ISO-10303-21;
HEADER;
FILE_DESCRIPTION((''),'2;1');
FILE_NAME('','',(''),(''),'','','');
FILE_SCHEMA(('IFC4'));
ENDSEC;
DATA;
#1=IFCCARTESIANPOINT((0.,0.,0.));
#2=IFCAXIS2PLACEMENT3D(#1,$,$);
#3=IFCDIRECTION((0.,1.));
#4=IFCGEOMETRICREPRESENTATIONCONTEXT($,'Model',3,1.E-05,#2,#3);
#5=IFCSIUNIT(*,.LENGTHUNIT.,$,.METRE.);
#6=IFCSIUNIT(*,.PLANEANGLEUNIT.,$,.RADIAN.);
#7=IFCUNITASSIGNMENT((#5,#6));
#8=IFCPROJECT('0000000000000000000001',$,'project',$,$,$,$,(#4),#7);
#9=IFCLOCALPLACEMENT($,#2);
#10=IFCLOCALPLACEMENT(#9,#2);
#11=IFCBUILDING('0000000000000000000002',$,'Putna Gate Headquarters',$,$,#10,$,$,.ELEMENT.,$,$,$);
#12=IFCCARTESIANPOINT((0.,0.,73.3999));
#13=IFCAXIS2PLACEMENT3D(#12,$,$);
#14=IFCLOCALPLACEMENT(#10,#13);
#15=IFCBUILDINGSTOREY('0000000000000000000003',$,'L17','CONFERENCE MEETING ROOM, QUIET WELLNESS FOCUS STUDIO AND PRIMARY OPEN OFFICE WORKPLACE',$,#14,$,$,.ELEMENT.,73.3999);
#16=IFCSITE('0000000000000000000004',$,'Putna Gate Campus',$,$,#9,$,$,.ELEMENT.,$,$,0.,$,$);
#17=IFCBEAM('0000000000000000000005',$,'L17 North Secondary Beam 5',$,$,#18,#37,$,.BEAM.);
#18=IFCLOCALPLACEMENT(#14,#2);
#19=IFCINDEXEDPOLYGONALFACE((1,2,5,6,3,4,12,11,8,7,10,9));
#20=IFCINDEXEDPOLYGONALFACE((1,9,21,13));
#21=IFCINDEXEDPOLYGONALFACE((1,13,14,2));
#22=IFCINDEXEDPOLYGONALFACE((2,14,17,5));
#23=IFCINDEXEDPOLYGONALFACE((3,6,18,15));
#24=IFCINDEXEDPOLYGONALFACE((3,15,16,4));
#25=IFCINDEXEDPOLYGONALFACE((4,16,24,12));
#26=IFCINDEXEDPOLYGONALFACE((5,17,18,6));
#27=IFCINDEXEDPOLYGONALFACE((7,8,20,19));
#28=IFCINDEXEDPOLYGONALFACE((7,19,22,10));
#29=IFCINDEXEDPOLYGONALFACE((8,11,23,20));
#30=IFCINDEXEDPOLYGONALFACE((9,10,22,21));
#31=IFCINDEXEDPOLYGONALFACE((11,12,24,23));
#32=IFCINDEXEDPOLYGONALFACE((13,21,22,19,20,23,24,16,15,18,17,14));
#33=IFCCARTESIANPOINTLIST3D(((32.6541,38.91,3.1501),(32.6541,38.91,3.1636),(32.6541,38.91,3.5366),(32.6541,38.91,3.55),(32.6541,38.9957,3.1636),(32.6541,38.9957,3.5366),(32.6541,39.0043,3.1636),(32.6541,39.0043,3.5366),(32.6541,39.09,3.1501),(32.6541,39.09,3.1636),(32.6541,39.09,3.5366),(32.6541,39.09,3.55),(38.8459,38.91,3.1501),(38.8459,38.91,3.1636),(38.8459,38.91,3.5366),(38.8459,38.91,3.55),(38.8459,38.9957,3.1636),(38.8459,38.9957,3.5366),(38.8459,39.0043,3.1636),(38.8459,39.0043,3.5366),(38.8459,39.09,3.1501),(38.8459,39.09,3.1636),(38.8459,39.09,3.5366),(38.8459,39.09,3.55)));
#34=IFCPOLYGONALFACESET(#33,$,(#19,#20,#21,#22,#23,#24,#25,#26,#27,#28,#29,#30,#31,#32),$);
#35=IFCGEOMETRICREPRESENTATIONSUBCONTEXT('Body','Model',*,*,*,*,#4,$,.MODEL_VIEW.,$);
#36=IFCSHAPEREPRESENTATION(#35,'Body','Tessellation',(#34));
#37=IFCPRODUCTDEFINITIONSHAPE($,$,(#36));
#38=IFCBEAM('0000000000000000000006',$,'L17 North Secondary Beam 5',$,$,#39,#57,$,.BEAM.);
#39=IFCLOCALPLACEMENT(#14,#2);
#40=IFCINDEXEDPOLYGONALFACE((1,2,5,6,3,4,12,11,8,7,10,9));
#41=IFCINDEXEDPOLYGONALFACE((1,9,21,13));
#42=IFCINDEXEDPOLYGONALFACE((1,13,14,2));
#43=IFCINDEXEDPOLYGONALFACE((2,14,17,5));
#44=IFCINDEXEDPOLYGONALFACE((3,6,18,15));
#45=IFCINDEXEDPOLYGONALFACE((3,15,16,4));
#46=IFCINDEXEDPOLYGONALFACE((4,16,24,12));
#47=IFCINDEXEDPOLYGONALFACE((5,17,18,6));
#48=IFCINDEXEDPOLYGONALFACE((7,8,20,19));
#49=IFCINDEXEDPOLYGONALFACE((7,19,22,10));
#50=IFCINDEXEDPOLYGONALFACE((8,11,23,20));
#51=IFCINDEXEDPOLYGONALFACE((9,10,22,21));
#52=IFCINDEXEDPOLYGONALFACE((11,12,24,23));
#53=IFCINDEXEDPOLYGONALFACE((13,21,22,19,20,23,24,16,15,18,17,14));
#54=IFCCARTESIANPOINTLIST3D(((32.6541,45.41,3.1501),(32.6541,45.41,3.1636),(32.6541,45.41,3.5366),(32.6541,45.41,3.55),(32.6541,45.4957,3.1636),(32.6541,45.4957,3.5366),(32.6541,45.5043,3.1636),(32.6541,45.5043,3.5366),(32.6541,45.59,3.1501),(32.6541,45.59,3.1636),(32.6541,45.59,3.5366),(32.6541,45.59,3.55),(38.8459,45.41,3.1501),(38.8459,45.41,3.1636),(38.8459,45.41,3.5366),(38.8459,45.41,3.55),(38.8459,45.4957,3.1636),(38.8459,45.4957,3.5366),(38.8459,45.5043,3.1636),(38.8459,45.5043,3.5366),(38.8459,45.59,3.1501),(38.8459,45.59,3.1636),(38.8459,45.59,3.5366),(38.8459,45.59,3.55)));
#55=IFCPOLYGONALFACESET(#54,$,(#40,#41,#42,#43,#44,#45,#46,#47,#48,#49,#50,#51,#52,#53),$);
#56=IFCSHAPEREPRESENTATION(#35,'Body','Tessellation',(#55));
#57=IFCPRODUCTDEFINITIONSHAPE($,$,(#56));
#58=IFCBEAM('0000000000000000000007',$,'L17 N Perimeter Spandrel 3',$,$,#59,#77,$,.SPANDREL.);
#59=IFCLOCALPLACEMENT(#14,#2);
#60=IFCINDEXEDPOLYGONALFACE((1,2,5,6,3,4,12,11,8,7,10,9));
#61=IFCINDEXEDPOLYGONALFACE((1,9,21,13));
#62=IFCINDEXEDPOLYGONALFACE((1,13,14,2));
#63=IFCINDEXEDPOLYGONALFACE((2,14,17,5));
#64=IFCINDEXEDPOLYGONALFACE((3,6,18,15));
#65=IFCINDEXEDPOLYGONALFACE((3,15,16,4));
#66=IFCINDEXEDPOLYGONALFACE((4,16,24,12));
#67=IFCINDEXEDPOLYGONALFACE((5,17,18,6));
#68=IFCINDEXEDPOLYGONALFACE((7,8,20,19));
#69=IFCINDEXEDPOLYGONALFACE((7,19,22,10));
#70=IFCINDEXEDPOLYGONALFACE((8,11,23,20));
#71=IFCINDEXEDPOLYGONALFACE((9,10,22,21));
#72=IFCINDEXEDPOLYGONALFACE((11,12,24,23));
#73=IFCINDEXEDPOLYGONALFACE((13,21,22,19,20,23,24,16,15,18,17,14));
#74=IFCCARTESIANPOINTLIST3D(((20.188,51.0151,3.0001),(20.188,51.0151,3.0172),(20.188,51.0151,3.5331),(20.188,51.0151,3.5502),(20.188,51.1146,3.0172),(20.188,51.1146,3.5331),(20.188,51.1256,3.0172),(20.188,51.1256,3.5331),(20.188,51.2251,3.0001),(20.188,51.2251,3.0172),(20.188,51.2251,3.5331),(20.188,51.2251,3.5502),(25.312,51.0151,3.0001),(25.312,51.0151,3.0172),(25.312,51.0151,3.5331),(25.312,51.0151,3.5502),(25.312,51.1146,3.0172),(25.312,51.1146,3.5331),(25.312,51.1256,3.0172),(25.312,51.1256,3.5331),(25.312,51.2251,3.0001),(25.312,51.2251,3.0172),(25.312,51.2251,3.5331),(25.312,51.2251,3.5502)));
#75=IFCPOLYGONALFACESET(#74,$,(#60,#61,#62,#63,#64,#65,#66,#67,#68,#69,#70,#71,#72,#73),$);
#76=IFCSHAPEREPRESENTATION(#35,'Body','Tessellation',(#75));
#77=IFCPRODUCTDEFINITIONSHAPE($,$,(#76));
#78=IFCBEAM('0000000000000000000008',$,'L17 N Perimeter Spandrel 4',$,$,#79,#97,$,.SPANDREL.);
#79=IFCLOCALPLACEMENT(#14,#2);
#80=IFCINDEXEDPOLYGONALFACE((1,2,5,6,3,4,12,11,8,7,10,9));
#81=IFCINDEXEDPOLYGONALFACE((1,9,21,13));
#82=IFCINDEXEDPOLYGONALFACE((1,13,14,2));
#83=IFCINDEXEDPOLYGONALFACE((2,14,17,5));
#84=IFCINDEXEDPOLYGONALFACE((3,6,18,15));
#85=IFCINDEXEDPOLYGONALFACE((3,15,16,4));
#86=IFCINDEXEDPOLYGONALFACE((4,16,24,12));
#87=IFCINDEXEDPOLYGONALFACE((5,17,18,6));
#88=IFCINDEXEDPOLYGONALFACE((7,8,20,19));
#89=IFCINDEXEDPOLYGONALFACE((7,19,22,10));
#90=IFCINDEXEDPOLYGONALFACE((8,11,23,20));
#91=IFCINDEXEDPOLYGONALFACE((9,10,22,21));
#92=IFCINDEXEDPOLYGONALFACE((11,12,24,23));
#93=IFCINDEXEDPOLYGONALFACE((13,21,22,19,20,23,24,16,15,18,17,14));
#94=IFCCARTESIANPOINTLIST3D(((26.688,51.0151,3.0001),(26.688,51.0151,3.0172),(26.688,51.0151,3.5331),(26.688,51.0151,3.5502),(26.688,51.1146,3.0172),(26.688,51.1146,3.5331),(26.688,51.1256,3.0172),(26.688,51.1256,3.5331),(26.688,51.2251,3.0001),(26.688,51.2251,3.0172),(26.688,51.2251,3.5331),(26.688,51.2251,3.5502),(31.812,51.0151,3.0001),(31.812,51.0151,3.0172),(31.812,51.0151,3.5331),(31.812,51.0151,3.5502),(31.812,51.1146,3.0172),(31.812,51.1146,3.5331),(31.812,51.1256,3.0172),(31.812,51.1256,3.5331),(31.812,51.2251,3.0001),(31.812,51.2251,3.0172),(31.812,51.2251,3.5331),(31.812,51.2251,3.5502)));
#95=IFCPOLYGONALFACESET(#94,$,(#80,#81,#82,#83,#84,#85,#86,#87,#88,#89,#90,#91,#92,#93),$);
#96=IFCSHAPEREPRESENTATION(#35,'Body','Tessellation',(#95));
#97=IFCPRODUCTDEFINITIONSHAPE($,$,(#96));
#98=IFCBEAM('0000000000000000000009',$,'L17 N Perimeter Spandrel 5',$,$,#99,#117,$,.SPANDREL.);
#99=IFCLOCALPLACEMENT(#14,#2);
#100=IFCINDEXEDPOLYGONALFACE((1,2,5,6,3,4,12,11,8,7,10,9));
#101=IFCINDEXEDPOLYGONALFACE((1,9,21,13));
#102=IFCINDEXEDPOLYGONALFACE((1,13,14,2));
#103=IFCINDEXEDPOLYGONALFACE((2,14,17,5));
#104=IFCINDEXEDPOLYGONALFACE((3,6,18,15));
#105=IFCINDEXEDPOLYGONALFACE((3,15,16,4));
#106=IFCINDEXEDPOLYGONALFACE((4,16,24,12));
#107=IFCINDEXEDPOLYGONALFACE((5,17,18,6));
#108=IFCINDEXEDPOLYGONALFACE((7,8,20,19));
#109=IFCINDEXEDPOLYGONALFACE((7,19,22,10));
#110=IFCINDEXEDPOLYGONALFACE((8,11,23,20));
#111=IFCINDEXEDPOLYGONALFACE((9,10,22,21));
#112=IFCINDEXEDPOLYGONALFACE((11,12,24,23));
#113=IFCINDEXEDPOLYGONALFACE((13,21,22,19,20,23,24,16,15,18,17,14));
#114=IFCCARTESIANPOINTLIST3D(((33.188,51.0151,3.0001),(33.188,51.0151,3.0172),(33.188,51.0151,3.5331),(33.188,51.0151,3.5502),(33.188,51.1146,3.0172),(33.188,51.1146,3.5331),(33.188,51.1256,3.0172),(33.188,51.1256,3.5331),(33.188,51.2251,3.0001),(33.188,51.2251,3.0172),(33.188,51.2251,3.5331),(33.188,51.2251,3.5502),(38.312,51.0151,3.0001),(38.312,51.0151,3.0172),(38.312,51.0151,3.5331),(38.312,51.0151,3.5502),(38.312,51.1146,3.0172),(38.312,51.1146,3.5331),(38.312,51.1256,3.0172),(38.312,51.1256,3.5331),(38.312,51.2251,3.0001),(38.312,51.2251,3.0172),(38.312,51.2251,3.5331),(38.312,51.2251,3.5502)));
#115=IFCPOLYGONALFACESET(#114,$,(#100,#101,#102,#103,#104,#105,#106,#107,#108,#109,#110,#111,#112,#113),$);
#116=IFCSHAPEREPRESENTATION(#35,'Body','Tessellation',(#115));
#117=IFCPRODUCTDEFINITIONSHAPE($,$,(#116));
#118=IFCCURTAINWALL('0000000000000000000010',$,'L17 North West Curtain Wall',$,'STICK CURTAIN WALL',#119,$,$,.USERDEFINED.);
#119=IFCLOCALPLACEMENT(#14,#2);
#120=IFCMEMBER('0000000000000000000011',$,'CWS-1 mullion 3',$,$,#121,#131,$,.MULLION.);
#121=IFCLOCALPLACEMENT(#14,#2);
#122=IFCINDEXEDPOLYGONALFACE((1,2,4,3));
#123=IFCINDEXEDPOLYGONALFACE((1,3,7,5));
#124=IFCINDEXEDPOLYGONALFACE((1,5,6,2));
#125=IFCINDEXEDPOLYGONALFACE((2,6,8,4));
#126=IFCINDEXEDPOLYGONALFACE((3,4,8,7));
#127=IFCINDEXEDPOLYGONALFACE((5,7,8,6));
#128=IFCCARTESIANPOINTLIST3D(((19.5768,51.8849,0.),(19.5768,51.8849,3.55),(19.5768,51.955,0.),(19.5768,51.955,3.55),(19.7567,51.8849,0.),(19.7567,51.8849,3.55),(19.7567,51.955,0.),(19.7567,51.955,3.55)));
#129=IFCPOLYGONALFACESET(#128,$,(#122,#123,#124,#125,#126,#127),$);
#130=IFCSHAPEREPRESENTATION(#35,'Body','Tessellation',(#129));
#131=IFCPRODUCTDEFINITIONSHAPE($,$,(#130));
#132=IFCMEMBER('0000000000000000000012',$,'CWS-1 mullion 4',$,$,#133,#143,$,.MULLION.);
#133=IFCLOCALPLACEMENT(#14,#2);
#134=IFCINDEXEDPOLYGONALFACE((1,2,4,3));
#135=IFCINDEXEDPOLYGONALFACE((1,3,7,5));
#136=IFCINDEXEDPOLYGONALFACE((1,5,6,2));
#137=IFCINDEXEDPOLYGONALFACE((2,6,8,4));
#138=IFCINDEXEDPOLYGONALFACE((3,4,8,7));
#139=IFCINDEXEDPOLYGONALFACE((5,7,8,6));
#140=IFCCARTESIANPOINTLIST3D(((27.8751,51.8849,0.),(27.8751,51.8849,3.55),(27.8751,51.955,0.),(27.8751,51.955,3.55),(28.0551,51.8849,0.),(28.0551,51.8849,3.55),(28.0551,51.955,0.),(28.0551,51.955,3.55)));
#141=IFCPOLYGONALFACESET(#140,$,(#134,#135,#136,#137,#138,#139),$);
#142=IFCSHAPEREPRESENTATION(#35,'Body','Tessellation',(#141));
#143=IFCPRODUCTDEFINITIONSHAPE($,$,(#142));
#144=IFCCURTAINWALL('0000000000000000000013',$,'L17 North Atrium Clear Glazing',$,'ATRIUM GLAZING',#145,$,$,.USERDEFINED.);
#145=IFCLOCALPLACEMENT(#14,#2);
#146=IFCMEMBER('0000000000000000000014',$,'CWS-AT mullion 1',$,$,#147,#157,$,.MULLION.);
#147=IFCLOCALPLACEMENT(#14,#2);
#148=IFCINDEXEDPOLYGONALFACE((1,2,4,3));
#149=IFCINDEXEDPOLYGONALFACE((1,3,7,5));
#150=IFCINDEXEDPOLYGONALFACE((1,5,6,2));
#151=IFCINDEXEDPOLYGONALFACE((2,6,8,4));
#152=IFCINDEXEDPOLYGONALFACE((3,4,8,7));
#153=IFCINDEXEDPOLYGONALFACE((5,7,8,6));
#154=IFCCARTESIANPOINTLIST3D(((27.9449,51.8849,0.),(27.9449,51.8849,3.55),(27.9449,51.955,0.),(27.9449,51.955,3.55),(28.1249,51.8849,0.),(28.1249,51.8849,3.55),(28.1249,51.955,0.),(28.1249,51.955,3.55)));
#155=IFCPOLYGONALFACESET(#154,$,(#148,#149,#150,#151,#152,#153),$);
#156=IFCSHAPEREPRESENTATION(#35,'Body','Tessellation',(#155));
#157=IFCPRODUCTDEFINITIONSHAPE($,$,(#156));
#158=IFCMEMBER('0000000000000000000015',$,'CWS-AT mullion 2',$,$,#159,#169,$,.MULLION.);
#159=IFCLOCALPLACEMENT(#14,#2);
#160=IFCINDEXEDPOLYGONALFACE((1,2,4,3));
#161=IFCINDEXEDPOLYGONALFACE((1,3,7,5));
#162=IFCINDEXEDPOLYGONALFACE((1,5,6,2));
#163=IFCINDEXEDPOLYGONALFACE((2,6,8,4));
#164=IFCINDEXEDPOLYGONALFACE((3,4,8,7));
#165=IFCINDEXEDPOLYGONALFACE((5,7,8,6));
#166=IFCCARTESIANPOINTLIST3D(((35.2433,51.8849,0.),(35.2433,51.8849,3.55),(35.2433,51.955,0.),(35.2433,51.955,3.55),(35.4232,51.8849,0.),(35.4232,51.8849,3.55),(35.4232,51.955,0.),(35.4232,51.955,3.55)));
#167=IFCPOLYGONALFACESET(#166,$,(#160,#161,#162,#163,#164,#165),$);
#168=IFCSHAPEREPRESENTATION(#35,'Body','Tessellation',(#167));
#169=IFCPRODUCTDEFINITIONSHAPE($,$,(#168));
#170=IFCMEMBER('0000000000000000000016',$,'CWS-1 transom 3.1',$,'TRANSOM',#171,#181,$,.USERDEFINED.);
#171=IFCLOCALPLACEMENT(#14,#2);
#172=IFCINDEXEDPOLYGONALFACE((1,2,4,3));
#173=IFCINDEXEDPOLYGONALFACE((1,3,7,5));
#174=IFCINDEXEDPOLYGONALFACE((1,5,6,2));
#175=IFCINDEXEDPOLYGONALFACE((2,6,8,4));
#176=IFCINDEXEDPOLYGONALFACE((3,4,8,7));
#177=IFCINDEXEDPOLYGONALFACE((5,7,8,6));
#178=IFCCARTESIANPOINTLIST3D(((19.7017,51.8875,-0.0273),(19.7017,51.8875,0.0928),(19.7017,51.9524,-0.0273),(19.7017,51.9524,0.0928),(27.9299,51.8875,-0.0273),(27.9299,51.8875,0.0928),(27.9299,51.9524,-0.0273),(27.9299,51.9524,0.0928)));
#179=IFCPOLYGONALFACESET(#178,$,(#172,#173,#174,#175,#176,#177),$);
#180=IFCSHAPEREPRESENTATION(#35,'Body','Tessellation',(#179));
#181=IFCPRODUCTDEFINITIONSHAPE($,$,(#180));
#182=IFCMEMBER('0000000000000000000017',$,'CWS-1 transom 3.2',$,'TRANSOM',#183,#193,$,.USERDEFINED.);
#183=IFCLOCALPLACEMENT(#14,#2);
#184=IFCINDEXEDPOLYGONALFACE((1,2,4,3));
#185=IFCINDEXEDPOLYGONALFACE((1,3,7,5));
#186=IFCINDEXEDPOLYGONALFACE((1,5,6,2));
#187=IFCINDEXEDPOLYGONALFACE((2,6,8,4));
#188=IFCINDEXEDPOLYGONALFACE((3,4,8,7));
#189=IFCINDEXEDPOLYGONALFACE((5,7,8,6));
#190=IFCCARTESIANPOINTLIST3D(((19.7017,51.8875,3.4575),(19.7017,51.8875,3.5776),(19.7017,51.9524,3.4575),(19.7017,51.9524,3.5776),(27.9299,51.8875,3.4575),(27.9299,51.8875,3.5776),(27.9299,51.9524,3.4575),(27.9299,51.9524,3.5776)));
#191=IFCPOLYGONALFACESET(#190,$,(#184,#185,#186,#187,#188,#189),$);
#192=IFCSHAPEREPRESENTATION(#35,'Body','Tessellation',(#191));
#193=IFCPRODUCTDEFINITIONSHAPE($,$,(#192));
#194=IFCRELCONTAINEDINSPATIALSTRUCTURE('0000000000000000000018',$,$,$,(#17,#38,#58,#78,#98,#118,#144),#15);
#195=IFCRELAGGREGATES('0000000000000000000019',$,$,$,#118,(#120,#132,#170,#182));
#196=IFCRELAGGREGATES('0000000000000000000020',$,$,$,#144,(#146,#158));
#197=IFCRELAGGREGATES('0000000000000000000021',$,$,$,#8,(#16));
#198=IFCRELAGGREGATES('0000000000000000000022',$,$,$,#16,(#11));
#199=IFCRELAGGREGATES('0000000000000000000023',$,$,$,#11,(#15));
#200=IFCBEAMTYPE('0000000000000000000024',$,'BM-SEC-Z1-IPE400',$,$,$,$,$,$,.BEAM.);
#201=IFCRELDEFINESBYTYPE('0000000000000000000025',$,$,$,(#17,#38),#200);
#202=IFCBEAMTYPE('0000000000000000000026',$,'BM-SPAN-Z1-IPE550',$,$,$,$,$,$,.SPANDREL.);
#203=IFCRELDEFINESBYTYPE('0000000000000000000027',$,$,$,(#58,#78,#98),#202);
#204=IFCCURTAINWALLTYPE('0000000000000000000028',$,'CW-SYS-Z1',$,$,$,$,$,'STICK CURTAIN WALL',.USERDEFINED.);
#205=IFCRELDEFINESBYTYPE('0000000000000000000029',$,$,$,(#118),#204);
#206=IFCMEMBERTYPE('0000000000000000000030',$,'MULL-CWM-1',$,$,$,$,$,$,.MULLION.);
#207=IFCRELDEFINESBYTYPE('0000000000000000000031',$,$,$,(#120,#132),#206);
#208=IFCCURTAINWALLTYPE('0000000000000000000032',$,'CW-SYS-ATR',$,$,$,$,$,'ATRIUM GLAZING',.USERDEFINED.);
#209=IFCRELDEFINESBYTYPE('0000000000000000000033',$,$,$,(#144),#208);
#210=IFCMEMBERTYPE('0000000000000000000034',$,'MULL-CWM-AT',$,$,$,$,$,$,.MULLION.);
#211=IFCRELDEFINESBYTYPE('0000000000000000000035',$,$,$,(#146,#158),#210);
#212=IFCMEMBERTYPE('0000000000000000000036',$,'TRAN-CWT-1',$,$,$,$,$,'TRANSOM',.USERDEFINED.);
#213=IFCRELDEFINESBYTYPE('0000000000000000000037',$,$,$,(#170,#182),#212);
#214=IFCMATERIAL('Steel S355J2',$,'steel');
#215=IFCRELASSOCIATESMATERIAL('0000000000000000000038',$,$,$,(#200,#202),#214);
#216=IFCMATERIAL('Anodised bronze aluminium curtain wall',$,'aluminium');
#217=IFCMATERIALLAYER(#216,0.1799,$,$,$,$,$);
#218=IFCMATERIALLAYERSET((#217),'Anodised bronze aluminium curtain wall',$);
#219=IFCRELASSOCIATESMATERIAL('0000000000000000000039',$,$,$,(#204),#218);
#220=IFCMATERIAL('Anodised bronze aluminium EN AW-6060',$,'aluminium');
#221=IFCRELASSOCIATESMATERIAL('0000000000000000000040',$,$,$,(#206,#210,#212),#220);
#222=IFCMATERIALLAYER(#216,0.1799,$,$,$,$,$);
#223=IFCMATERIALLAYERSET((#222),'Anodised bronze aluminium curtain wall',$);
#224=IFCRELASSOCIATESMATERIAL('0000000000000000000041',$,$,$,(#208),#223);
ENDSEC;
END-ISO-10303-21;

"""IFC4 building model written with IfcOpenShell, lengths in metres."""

from ifc_helpers import new_model, si_unit, direction, frame, origin, origin_2d, place, context, subcontext, project, spatial, rectangle, i_section, extrude, material, layer, layer_set, material_profile, profile_set, type_object, element, aggregate, save


model = new_model("IFC4")

# Units and contexts
model_context = context("Model", 3, precision=1e-05, world=origin(), true_north=direction((0.0, 1.0)))
body_context = subcontext(model_context, "Body", "Model", "MODEL_VIEW")
ifc_project = project(units=[si_unit("LENGTHUNIT", "METRE"), si_unit("PLANEANGLEUNIT", "RADIAN")], contexts=[model_context])

# Site, building, storey
site_placement = place(None, origin())
site = spatial("IfcSite", under=ifc_project, at=site_placement, Name="Putna Gate Campus", CompositionType="ELEMENT", RefElevation=0.0)
building_placement = place(site_placement, origin())
building = spatial("IfcBuilding", under=site, at=building_placement, Name="Putna Gate Headquarters", CompositionType="ELEMENT")
storey_placement = place(building_placement, frame((0.0, 0.0, 73.3999)))
storey = spatial("IfcBuildingStorey", under=building, at=storey_placement, Name="L17", Description="CONFERENCE MEETING ROOM, QUIET WELLNESS FOCUS STUDIO AND PRIMARY OPEN OFFICE WORKPLACE", CompositionType="ELEMENT", Elevation=73.3999)

# Beams
ifc_material_1 = material(Name="Steel S355J2", Category="steel")
ifc_material_profile_1 = material_profile(ifc_material_1, i_section(OverallWidth=0.1799, OverallDepth=0.3999, WebThickness=0.0085, FlangeThickness=0.0134, at=origin_2d()), Name="Steel S355J2")
ifc_profile_set_1 = profile_set([ifc_material_profile_1], Name="Steel S355J2")
beam_type_1 = type_object("IfcBeamType", Name="BM-SEC-Z1-IPE400", PredefinedType="BEAM", material=ifc_profile_set_1)
for number, where, z_axis, x_axis, name in (
    (1, (32.6541, 39.0, 3.3501), (1.0, 0.0, 0.0), (0.0, 1.0, 0.0), "L17 North Secondary Beam 5"),
    (2, (32.6541, 45.5, 3.3501), (1.0, 0.0, 0.0), (0.0, 1.0, 0.0), "L17 North Secondary Beam 5"),
):
    element("IfcBeam", number, at=place(storey_placement, frame(where, z_axis=z_axis, x_axis=x_axis)), inside=storey, type_object=beam_type_1, Name=name, PredefinedType="BEAM", context=body_context, shape_type="SweptSolid", body=[
        extrude(i_section(OverallWidth=0.1799, OverallDepth=0.3999, WebThickness=0.0085, FlangeThickness=0.0134, at=origin_2d()), origin(), (0.0, 0.0, 1.0), 6.1919),
    ])
ifc_material_profile_2 = material_profile(ifc_material_1, i_section(OverallWidth=0.21, OverallDepth=0.55, WebThickness=0.011, FlangeThickness=0.0171, at=origin_2d()), Name="Steel S355J2")
ifc_profile_set_2 = profile_set([ifc_material_profile_2], Name="Steel S355J2")
beam_type_2 = type_object("IfcBeamType", Name="BM-SPAN-Z1-IPE550", PredefinedType="SPANDREL", material=ifc_profile_set_2)
for number, where, z_axis, x_axis, name in (
    (3, (20.188, 51.1201, 3.2751), (1.0, 0.0, 0.0), (0.0, 1.0, 0.0), "L17 N Perimeter Spandrel 3"),
    (4, (26.688, 51.1201, 3.2751), (1.0, 0.0, 0.0), (0.0, 1.0, 0.0), "L17 N Perimeter Spandrel 4"),
    (5, (33.188, 51.1201, 3.2751), (1.0, 0.0, 0.0), (0.0, 1.0, 0.0), "L17 N Perimeter Spandrel 5"),
):
    element("IfcBeam", number, at=place(storey_placement, frame(where, z_axis=z_axis, x_axis=x_axis)), inside=storey, type_object=beam_type_2, Name=name, PredefinedType="SPANDREL", context=body_context, shape_type="SweptSolid", body=[
        extrude(i_section(OverallWidth=0.21, OverallDepth=0.55, WebThickness=0.011, FlangeThickness=0.0171, at=origin_2d()), origin(), (0.0, 0.0, 1.0), 5.124),
    ])

# Curtain walls, members
ifc_material_2 = material(Name="Anodised bronze aluminium curtain wall", Category="aluminium")
ifc_layer_1 = layer(ifc_material_2, 0.1799)
ifc_layer_set_1 = layer_set([ifc_layer_1], Name="Anodised bronze aluminium curtain wall")
curtain_wall_type_1 = type_object("IfcCurtainWallType", Name="CW-SYS-Z1", ElementType="STICK CURTAIN WALL", PredefinedType="USERDEFINED", material=ifc_layer_set_1)
curtain_wall_1_placement = place(storey_placement, origin())
curtain_wall_1 = element("IfcCurtainWall", 6, at=curtain_wall_1_placement, inside=storey, type_object=curtain_wall_type_1, Name="L17 North West Curtain Wall", ObjectType="STICK CURTAIN WALL", PredefinedType="USERDEFINED")
ifc_material_3 = material(Name="Anodised bronze aluminium EN AW-6060", Category="aluminium")
ifc_material_profile_3 = material_profile(ifc_material_3, rectangle(XDim=0.0701, YDim=0.1799, at=origin_2d()), Name="Anodised bronze aluminium EN AW-6060")
ifc_profile_set_3 = profile_set([ifc_material_profile_3], Name="Anodised bronze aluminium EN AW-6060")
member_type_1 = type_object("IfcMemberType", Name="MULL-CWM-1", PredefinedType="MULLION", material=ifc_profile_set_3)
member_1_placement = place(storey_placement, frame((19.6667, 51.9199, 0.0), z_axis=(0.0, 0.0, 1.0), x_axis=(0.0, 1.0, 0.0)))
member_1 = element("IfcMember", 7, at=member_1_placement, type_object=member_type_1, Name="CWS-1 mullion 3", PredefinedType="MULLION", context=body_context, shape_type="SweptSolid", body=[
    extrude(rectangle(XDim=0.0701, YDim=0.1799, at=origin_2d()), origin(), (0.0, 0.0, 1.0), 3.55),
])
member_2_placement = place(storey_placement, frame((27.9651, 51.9199, 0.0), z_axis=(0.0, 0.0, 1.0), x_axis=(0.0, 1.0, 0.0)))
member_2 = element("IfcMember", 8, at=member_2_placement, type_object=member_type_1, Name="CWS-1 mullion 4", PredefinedType="MULLION", context=body_context, shape_type="SweptSolid", body=[
    extrude(rectangle(XDim=0.0701, YDim=0.1799, at=origin_2d()), origin(), (0.0, 0.0, 1.0), 3.55),
])
ifc_layer_2 = layer(ifc_material_2, 0.1799)
ifc_layer_set_2 = layer_set([ifc_layer_2], Name="Anodised bronze aluminium curtain wall")
curtain_wall_type_2 = type_object("IfcCurtainWallType", Name="CW-SYS-ATR", ElementType="ATRIUM GLAZING", PredefinedType="USERDEFINED", material=ifc_layer_set_2)
curtain_wall_2_placement = place(storey_placement, origin())
curtain_wall_2 = element("IfcCurtainWall", 9, at=curtain_wall_2_placement, inside=storey, type_object=curtain_wall_type_2, Name="L17 North Atrium Clear Glazing", ObjectType="ATRIUM GLAZING", PredefinedType="USERDEFINED")
ifc_material_profile_4 = material_profile(ifc_material_3, rectangle(XDim=0.0701, YDim=0.1799, at=origin_2d()), Name="Anodised bronze aluminium EN AW-6060")
ifc_profile_set_4 = profile_set([ifc_material_profile_4], Name="Anodised bronze aluminium EN AW-6060")
member_type_2 = type_object("IfcMemberType", Name="MULL-CWM-AT", PredefinedType="MULLION", material=ifc_profile_set_4)
member_3_placement = place(storey_placement, frame((28.0349, 51.9199, 0.0), z_axis=(0.0, 0.0, 1.0), x_axis=(0.0, 1.0, 0.0)))
member_3 = element("IfcMember", 10, at=member_3_placement, type_object=member_type_2, Name="CWS-AT mullion 1", PredefinedType="MULLION", context=body_context, shape_type="SweptSolid", body=[
    extrude(rectangle(XDim=0.0701, YDim=0.1799, at=origin_2d()), origin(), (0.0, 0.0, 1.0), 3.55),
])
member_4_placement = place(storey_placement, frame((35.3333, 51.9199, 0.0), z_axis=(0.0, 0.0, 1.0), x_axis=(0.0, 1.0, 0.0)))
member_4 = element("IfcMember", 11, at=member_4_placement, type_object=member_type_2, Name="CWS-AT mullion 2", PredefinedType="MULLION", context=body_context, shape_type="SweptSolid", body=[
    extrude(rectangle(XDim=0.0701, YDim=0.1799, at=origin_2d()), origin(), (0.0, 0.0, 1.0), 3.55),
])

# Members
ifc_material_profile_5 = material_profile(ifc_material_3, rectangle(XDim=0.0649, YDim=0.1201, at=origin_2d()), Name="Anodised bronze aluminium EN AW-6060")
ifc_profile_set_5 = profile_set([ifc_material_profile_5], Name="Anodised bronze aluminium EN AW-6060")
member_type_3 = type_object("IfcMemberType", Name="TRAN-CWT-1", ElementType="TRANSOM", PredefinedType="USERDEFINED", material=ifc_profile_set_5)
member_5_placement = place(storey_placement, frame((19.7017, 51.9199, 0.0327), z_axis=(1.0, 0.0, 0.0), x_axis=(0.0, 1.0, 0.0)))
member_5 = element("IfcMember", 12, at=member_5_placement, type_object=member_type_3, Name="CWS-1 transom 3.1", ObjectType="TRANSOM", PredefinedType="USERDEFINED", context=body_context, shape_type="SweptSolid", body=[
    extrude(rectangle(XDim=0.0649, YDim=0.1201, at=origin_2d()), origin(), (0.0, 0.0, 1.0), 8.2283),
])
member_6_placement = place(storey_placement, frame((19.7017, 51.9199, 3.5176), z_axis=(1.0, 0.0, 0.0), x_axis=(0.0, 1.0, 0.0)))
member_6 = element("IfcMember", 13, at=member_6_placement, type_object=member_type_3, Name="CWS-1 transom 3.2", ObjectType="TRANSOM", PredefinedType="USERDEFINED", context=body_context, shape_type="SweptSolid", body=[
    extrude(rectangle(XDim=0.0649, YDim=0.1201, at=origin_2d()), origin(), (0.0, 0.0, 1.0), 8.2283),
])

aggregate(curtain_wall_1, [member_1, member_2, member_5, member_6])
aggregate(curtain_wall_2, [member_3, member_4])

save(model, "model.ifc")
